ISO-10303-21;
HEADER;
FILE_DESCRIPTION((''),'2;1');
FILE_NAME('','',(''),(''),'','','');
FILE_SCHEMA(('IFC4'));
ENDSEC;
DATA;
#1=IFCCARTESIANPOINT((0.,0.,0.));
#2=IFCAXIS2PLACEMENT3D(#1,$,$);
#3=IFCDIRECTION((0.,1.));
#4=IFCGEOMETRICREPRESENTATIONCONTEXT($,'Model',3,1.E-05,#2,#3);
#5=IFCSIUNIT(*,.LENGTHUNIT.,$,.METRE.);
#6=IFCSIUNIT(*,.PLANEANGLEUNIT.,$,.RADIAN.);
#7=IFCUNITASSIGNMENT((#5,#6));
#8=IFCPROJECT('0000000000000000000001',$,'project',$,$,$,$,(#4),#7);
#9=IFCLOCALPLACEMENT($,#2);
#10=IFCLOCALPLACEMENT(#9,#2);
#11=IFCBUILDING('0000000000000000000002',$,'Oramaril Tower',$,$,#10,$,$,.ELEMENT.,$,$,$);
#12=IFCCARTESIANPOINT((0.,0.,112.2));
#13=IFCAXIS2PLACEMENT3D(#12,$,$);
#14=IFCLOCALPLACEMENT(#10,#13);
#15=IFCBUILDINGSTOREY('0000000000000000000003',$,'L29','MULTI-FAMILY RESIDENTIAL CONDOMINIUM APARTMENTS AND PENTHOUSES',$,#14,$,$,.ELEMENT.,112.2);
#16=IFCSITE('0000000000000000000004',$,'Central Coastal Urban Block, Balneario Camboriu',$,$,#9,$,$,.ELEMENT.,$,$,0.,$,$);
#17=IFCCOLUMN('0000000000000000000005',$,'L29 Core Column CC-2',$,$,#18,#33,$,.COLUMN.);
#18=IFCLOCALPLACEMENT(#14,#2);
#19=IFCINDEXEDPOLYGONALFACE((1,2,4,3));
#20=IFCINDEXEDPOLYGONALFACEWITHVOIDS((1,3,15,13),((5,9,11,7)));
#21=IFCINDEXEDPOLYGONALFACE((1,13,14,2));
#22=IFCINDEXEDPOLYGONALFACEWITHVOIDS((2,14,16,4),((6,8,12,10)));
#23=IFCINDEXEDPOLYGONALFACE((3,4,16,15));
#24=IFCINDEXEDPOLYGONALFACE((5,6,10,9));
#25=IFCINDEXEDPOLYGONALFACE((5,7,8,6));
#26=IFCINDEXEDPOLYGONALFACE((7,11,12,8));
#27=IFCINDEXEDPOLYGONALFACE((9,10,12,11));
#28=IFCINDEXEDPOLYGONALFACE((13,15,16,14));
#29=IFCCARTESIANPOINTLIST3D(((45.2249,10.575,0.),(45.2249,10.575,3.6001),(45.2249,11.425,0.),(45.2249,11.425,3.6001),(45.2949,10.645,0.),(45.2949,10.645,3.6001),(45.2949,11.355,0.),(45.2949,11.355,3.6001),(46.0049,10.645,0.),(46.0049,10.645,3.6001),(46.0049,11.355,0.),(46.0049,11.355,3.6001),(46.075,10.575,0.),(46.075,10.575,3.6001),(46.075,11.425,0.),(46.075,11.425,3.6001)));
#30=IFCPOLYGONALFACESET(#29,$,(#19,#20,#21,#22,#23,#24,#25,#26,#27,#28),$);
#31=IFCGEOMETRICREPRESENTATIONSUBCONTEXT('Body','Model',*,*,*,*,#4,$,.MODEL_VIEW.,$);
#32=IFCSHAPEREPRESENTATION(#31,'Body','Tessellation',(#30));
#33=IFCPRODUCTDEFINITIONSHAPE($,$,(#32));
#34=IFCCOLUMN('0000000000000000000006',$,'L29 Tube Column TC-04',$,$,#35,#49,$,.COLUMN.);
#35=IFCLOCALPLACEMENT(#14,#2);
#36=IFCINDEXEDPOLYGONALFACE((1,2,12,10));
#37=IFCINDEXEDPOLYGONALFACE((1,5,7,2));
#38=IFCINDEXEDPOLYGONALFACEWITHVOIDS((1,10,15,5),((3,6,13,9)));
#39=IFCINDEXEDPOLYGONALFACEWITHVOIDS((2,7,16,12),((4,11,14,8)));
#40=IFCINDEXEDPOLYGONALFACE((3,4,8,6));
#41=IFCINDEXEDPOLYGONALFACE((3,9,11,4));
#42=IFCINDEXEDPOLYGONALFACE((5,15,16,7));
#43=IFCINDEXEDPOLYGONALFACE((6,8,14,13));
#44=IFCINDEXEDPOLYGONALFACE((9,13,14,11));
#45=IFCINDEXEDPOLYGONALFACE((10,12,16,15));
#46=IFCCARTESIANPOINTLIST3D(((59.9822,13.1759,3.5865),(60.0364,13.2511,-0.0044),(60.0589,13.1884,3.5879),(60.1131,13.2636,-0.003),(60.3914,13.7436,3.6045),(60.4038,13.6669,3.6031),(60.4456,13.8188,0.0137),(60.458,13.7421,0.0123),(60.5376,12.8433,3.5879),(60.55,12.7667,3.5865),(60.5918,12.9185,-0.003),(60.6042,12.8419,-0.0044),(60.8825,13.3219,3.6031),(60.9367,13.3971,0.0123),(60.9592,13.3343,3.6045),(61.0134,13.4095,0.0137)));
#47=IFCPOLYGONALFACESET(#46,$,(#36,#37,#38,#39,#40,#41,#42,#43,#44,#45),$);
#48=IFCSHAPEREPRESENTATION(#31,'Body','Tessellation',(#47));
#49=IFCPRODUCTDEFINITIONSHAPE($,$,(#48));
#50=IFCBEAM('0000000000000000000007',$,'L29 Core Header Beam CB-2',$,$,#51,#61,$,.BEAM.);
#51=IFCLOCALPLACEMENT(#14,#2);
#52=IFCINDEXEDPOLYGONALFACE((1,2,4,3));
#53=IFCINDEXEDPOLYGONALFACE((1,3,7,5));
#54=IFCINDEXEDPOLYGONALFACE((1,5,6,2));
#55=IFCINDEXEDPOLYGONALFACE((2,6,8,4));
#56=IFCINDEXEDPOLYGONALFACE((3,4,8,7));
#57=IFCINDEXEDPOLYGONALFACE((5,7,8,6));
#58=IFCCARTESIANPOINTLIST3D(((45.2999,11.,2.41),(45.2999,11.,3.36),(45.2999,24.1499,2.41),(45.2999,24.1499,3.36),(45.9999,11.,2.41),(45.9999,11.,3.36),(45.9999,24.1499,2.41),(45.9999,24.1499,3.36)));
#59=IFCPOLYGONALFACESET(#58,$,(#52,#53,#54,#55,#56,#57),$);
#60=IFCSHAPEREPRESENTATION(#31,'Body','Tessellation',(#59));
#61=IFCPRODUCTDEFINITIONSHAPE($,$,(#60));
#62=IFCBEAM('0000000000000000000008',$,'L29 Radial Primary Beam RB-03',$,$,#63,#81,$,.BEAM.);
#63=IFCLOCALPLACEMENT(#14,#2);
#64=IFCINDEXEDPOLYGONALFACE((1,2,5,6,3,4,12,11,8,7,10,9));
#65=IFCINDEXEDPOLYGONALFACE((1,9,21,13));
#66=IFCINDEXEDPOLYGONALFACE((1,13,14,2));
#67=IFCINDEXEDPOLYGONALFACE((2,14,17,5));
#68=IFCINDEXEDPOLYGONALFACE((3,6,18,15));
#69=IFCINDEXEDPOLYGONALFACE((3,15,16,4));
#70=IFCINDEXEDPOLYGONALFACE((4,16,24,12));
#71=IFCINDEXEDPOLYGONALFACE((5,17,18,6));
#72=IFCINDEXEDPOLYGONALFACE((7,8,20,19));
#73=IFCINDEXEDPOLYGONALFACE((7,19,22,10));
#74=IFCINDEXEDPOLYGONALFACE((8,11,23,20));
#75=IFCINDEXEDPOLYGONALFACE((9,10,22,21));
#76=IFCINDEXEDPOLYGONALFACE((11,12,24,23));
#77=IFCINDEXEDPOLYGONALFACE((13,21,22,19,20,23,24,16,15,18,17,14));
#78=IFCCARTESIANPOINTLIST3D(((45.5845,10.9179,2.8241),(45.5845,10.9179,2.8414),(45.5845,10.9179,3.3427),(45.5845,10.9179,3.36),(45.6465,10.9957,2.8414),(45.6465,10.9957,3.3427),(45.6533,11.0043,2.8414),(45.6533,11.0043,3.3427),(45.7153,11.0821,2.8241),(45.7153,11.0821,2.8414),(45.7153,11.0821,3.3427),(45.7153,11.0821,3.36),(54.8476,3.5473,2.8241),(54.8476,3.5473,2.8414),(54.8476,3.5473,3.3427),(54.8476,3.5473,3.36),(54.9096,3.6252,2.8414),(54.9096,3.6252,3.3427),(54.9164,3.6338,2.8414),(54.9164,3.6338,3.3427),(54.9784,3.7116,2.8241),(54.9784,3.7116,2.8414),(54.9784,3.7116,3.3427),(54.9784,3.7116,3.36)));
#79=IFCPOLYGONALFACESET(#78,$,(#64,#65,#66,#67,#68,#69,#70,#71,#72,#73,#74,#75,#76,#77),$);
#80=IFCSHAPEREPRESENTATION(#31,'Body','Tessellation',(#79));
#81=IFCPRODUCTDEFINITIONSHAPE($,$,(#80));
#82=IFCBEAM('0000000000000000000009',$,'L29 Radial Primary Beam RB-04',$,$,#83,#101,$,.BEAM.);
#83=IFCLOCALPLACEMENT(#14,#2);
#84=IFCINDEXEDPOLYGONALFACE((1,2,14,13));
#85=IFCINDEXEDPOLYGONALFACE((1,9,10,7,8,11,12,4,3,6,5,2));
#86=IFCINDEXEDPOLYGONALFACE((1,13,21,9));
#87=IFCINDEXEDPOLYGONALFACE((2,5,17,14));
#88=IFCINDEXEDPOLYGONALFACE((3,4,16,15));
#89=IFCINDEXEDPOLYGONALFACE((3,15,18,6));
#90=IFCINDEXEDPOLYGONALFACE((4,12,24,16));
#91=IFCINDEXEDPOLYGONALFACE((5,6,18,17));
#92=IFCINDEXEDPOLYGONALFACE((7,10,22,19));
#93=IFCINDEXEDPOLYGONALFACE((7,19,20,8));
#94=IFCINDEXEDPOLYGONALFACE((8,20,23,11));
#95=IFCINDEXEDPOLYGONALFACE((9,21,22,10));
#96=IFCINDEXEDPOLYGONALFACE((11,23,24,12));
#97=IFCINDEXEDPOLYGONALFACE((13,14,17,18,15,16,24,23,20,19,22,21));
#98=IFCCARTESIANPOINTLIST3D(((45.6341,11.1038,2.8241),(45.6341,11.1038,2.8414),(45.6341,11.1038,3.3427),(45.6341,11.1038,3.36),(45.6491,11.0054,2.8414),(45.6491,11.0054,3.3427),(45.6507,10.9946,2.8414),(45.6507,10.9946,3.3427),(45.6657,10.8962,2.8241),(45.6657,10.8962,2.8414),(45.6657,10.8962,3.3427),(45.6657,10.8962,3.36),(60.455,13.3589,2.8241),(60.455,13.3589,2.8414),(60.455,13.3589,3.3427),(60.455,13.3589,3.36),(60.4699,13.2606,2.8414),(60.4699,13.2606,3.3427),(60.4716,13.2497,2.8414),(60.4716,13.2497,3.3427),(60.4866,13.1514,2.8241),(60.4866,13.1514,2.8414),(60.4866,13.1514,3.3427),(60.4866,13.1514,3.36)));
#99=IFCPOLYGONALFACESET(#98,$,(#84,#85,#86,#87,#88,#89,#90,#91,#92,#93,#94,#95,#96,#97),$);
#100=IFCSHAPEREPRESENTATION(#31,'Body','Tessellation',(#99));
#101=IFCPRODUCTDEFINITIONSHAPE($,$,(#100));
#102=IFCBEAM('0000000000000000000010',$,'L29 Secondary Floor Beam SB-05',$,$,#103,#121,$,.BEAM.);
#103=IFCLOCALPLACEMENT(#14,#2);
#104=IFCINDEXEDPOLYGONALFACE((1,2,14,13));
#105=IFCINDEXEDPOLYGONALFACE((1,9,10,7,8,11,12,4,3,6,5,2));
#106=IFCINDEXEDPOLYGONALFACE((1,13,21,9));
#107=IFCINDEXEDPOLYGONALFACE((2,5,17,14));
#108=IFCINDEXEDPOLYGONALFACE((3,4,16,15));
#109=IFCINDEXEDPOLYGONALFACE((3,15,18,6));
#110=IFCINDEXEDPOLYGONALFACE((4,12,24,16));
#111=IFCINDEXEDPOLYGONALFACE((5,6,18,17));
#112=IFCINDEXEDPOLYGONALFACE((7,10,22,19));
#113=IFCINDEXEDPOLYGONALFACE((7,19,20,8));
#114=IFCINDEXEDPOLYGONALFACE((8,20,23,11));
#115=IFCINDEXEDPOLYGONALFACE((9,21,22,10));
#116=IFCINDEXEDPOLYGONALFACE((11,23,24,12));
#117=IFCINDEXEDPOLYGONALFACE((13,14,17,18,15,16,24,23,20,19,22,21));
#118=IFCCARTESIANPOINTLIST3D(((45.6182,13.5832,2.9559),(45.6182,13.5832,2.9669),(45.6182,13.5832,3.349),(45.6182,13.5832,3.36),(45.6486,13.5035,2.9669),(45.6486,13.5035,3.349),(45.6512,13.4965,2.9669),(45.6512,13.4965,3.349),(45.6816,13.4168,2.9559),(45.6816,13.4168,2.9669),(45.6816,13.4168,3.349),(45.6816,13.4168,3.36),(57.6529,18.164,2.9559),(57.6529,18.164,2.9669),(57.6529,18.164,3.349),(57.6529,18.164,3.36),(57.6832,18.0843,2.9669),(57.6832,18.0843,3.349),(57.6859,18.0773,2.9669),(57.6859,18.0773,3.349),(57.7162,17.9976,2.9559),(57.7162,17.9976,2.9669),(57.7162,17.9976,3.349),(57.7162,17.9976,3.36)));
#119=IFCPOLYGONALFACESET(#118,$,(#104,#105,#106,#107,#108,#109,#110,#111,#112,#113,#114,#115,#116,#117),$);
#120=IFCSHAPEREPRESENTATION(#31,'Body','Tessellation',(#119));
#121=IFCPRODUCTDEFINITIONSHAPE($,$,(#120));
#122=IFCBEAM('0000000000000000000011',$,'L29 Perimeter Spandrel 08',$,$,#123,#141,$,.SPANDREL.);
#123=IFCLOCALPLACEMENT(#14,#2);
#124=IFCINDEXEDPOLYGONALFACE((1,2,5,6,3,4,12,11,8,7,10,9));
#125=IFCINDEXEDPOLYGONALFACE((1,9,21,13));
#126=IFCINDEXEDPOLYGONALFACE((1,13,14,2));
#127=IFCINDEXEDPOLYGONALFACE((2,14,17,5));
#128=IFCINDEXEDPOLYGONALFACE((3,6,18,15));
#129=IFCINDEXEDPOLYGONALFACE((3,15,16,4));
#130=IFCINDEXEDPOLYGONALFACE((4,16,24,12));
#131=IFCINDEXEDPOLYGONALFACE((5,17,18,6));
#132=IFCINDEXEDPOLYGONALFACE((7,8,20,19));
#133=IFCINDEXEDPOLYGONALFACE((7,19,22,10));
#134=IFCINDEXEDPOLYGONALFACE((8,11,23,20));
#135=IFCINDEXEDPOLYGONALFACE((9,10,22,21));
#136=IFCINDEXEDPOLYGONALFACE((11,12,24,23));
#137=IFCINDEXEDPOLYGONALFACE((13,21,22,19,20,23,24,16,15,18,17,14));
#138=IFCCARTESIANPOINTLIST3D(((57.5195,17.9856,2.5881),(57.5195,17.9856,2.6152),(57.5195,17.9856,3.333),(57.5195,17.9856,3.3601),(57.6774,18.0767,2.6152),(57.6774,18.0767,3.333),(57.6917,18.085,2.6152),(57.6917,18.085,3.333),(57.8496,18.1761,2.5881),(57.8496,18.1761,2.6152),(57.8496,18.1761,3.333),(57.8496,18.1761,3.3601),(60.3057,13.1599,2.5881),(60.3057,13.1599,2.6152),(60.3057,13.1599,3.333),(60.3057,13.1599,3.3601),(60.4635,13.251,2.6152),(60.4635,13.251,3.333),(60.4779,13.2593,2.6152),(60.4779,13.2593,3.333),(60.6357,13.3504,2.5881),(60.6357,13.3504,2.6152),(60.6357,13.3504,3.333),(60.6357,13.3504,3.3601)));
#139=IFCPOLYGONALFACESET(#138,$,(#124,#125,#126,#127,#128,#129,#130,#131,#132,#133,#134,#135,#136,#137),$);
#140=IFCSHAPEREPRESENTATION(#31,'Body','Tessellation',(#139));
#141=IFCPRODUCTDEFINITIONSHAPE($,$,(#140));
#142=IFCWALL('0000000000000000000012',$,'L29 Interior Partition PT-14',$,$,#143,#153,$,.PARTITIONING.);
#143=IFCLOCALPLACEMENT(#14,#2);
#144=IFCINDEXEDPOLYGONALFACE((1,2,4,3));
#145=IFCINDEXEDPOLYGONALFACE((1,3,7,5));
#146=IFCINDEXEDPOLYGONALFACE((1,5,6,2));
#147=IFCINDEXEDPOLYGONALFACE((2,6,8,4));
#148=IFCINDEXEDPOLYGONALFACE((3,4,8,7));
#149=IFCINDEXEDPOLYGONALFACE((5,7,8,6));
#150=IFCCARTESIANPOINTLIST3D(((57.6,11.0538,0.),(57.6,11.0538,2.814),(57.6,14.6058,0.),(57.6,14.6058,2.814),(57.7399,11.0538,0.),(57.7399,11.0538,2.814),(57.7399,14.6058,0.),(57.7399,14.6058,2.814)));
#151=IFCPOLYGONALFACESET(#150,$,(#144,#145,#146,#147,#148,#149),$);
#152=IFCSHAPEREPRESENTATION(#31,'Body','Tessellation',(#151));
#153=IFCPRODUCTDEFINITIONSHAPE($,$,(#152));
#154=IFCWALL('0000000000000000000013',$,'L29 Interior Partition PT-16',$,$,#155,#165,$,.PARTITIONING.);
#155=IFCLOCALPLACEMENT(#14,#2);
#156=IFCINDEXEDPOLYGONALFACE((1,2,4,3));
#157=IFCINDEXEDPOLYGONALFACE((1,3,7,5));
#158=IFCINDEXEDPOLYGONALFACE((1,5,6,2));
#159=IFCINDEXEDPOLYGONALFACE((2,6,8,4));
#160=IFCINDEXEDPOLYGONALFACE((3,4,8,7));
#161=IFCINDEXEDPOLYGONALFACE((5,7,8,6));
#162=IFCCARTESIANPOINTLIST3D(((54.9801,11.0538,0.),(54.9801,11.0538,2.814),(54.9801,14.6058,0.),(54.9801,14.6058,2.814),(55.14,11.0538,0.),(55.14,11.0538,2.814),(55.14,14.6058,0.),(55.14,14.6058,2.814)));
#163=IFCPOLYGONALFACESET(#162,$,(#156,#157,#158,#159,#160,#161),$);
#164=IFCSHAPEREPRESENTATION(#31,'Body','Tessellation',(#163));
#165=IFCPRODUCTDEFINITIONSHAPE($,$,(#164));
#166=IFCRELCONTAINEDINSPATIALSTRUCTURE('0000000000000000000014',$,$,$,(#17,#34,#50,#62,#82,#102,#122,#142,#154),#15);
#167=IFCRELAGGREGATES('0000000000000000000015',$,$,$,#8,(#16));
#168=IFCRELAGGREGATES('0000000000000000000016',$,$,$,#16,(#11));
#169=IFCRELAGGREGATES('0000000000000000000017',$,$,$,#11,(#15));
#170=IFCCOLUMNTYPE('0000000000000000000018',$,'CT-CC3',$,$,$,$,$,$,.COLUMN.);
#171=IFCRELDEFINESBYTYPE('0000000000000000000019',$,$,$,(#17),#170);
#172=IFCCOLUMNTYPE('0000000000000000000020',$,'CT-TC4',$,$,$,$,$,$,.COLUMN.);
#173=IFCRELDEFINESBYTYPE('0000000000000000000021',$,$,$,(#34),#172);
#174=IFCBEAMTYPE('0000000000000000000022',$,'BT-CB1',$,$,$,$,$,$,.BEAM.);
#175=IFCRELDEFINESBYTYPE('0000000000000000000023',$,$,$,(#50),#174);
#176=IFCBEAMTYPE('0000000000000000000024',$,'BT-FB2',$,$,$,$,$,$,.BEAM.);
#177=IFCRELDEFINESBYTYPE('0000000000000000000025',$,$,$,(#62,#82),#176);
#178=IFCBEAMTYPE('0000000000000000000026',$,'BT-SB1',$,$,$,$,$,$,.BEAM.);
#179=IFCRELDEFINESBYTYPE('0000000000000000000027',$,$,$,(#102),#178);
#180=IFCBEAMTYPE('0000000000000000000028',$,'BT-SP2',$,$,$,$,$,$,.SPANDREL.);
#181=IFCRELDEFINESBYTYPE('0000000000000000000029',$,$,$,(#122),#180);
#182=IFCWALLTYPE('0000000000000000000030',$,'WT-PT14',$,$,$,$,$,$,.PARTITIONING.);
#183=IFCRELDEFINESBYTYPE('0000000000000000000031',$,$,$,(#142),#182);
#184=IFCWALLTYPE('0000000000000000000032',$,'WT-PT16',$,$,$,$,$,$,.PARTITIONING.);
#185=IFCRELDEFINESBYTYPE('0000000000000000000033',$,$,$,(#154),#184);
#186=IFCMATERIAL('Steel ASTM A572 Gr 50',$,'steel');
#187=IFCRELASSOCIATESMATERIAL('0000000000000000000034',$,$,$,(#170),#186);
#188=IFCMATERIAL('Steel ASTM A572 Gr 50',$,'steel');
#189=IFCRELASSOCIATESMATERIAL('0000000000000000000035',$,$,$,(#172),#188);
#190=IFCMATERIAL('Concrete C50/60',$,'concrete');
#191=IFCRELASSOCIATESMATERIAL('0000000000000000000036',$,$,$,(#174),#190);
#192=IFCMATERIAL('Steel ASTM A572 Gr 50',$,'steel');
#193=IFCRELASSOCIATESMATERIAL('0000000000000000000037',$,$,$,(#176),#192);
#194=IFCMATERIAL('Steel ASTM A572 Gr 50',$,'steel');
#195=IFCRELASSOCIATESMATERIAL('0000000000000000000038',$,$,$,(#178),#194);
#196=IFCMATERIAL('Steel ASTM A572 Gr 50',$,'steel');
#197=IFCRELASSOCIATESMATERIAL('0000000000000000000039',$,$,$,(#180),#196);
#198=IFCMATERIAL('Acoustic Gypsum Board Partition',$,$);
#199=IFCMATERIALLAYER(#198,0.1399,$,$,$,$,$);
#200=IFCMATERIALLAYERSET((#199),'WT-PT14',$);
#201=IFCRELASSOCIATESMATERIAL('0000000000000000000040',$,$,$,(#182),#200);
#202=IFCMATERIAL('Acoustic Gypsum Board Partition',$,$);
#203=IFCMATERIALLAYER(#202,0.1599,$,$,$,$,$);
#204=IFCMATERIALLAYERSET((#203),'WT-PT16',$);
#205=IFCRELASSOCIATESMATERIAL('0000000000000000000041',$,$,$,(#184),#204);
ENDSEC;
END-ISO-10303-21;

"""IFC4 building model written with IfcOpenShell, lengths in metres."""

from ifc_helpers import new_model, si_unit, direction, frame, frame_2d, origin, origin_2d, place, context, subcontext, project, spatial, rectangle, hollow_rectangle, i_section, extrude, material, layer, layer_set, material_profile, profile_set, type_object, element, save


model = new_model("IFC4")

# Units and contexts
model_context = context("Model", 3, precision=1e-05, world=origin(), true_north=direction((0.0, 1.0)))
body_context = subcontext(model_context, "Body", "Model", "MODEL_VIEW")
ifc_project = project(units=[si_unit("LENGTHUNIT", "METRE"), si_unit("PLANEANGLEUNIT", "RADIAN")], contexts=[model_context])

# Site, building, storey
site_placement = place(None, origin())
site = spatial("IfcSite", under=ifc_project, at=site_placement, Name="Central Coastal Urban Block, Balneario Camboriu", CompositionType="ELEMENT", RefElevation=0.0)
building_placement = place(site_placement, origin())
building = spatial("IfcBuilding", under=site, at=building_placement, Name="Oramaril Tower", CompositionType="ELEMENT")
storey_placement = place(building_placement, frame((0.0, 0.0, 112.2)))
storey = spatial("IfcBuildingStorey", under=building, at=storey_placement, Name="L29", Description="MULTI-FAMILY RESIDENTIAL CONDOMINIUM APARTMENTS AND PENTHOUSES", CompositionType="ELEMENT", Elevation=112.2)

# Columns
ifc_material_1 = material(Name="Steel ASTM A572 Gr 50", Category="steel")
ifc_material_profile_1 = material_profile(ifc_material_1, hollow_rectangle(XDim=0.8501, YDim=0.8501, WallThickness=0.0701, at=origin_2d()), Name="BOX850X850X70")
ifc_profile_set_1 = profile_set([ifc_material_profile_1], Name="Steel ASTM A572 Gr 50")
column_type_1 = type_object("IfcColumnType", Name="CT-CC3", PredefinedType="COLUMN", material=ifc_profile_set_1)
column_1_placement = place(storey_placement, frame((45.6499, 11.0, 0.0), z_axis=(0.0, 0.0, 1.0), x_axis=(1.0, 0.0, 0.0)))
element("IfcColumn", 1, at=column_1_placement, inside=storey, type_object=column_type_1, Name="L29 Core Column CC-2", PredefinedType="COLUMN", context=body_context, shape_type="SweptSolid", body=[
    extrude(hollow_rectangle(XDim=0.8501, YDim=0.8501, WallThickness=0.0701, at=origin_2d()), origin(), (0.0, 0.0, 1.0), 3.6001),
])
ifc_material_2 = material(Name="Steel ASTM A572 Gr 50", Category="steel")
ifc_material_profile_2 = material_profile(ifc_material_2, hollow_rectangle(XDim=0.7, YDim=0.7, WallThickness=0.0549, at=origin_2d()), Name="BOX700X700X55")
ifc_profile_set_2 = profile_set([ifc_material_profile_2], Name="Steel ASTM A572 Gr 50")
column_type_2 = type_object("IfcColumnType", Name="CT-TC4", PredefinedType="COLUMN", material=ifc_profile_set_2)
column_2_placement = place(storey_placement, frame((60.5249, 13.3303, 0.0046), z_axis=(-0.015089, -0.020934, 0.999667), x_axis=(0.811234, -0.584721, 0.0)))
element("IfcColumn", 2, at=column_2_placement, inside=storey, type_object=column_type_2, Name="L29 Tube Column TC-04", PredefinedType="COLUMN", context=body_context, shape_type="SweptSolid", body=[
    extrude(hollow_rectangle(XDim=0.7, YDim=0.7, WallThickness=0.0549, at=origin_2d()), origin(), (0.0, 0.0, 1.0), 3.592),
])

# Beams
ifc_material_3 = material(Name="Concrete C50/60", Category="concrete")
ifc_material_profile_3 = material_profile(ifc_material_3, rectangle(XDim=0.7, YDim=0.95, at=origin_2d()), Name="CB700X950")
ifc_profile_set_3 = profile_set([ifc_material_profile_3], Name="Concrete C50/60")
beam_type_1 = type_object("IfcBeamType", Name="BT-CB1", PredefinedType="BEAM", material=ifc_profile_set_3)
beam_1_placement = place(storey_placement, frame((45.6499, 11.0, 2.885), z_axis=(0.0, 1.0, 0.0), x_axis=(-1.0, 0.0, 0.0)))
element("IfcBeam", 3, at=beam_1_placement, inside=storey, type_object=beam_type_1, Name="L29 Core Header Beam CB-2", PredefinedType="BEAM", context=body_context, shape_type="SweptSolid", body=[
    extrude(rectangle(XDim=0.7, YDim=0.95, at=origin_2d()), origin(), (0.0, 0.0, 1.0), 13.1499),
])
ifc_material_4 = material(Name="Steel ASTM A572 Gr 50", Category="steel")
ifc_material_profile_4 = material_profile(ifc_material_4, i_section(OverallWidth=0.21, OverallDepth=0.5359, WebThickness=0.011, FlangeThickness=0.0173, at=origin_2d()), Name="W21X68")
ifc_profile_set_4 = profile_set([ifc_material_profile_4], Name="Steel ASTM A572 Gr 50")
beam_type_2 = type_object("IfcBeamType", Name="BT-FB2", PredefinedType="BEAM", material=ifc_profile_set_4)
beam_2_placement = place(storey_placement, frame((45.6499, 11.0, 3.092), z_axis=(0.782512, -0.622636, 0.0), x_axis=(0.622636, 0.782512, 0.0)))
element("IfcBeam", 4, at=beam_2_placement, inside=storey, type_object=beam_type_2, Name="L29 Radial Primary Beam RB-03", PredefinedType="BEAM", context=body_context, shape_type="SweptSolid", body=[
    extrude(i_section(OverallWidth=0.21, OverallDepth=0.5359, WebThickness=0.011, FlangeThickness=0.0173, at=origin_2d()), origin(), (0.0, 0.0, 1.0), 11.8376),
])
beam_3_placement = place(storey_placement, frame((45.6499, 11.0, 3.092), z_axis=(0.988621, 0.150428, 0.0), x_axis=(-0.150428, 0.988621, 0.0)))
element("IfcBeam", 5, at=beam_3_placement, inside=storey, type_object=beam_type_2, Name="L29 Radial Primary Beam RB-04", PredefinedType="BEAM", context=body_context, shape_type="SweptSolid", body=[
    extrude(i_section(OverallWidth=0.21, OverallDepth=0.5359, WebThickness=0.011, FlangeThickness=0.0173, at=origin_2d()), origin(), (0.0, 0.0, 1.0), 14.9915),
])
ifc_material_5 = material(Name="Steel ASTM A572 Gr 50", Category="steel")
ifc_material_profile_5 = material_profile(ifc_material_5, i_section(OverallWidth=0.178, OverallDepth=0.4041, WebThickness=0.0076, FlangeThickness=0.011, at=origin_2d()), Name="W16X36")
ifc_profile_set_5 = profile_set([ifc_material_profile_5], Name="Steel ASTM A572 Gr 50")
beam_type_3 = type_object("IfcBeamType", Name="BT-SB1", PredefinedType="BEAM", material=ifc_profile_set_5)
beam_4_placement = place(storey_placement, frame((45.6499, 13.5, 3.158), z_axis=(0.934587, 0.355736, 0.0), x_axis=(-0.355736, 0.934587, 0.0)))
element("IfcBeam", 6, at=beam_4_placement, inside=storey, type_object=beam_type_3, Name="L29 Secondary Floor Beam SB-05", PredefinedType="BEAM", context=body_context, shape_type="SweptSolid", body=[
    extrude(i_section(OverallWidth=0.178, OverallDepth=0.4041, WebThickness=0.0076, FlangeThickness=0.011, at=origin_2d()), origin(), (0.0, 0.0, 1.0), 12.877),
])
ifc_material_6 = material(Name="Steel ASTM A572 Gr 50", Category="steel")
ifc_material_profile_6 = material_profile(ifc_material_6, i_section(OverallWidth=0.3811, OverallDepth=0.772, WebThickness=0.0166, FlangeThickness=0.0271, at=origin_2d()), Name="W30X173")
ifc_profile_set_6 = profile_set([ifc_material_profile_6], Name="Steel ASTM A572 Gr 50")
beam_type_4 = type_object("IfcBeamType", Name="BT-SP2", PredefinedType="SPANDREL", material=ifc_profile_set_6)
beam_5_placement = place(storey_placement, frame((60.4707, 13.2551, 2.9741), z_axis=(-0.500003, 0.866024, 0.0), x_axis=(-0.866024, -0.500003, 0.0)))
element("IfcBeam", 7, at=beam_5_placement, inside=storey, type_object=beam_type_4, Name="L29 Perimeter Spandrel 08", PredefinedType="SPANDREL", context=body_context, shape_type="SweptSolid", body=[
    extrude(i_section(OverallWidth=0.3811, OverallDepth=0.772, WebThickness=0.0166, FlangeThickness=0.0271, at=origin_2d()), origin(), (0.0, 0.0, 1.0), 5.5723),
])

# Wall
ifc_material_7 = material(Name="Acoustic Gypsum Board Partition")
ifc_layer_1 = layer(ifc_material_7, 0.1399)
ifc_layer_set_1 = layer_set([ifc_layer_1], Name="WT-PT14")
wall_type_1 = type_object("IfcWallType", Name="WT-PT14", PredefinedType="PARTITIONING", material=ifc_layer_set_1)
wall_1_placement = place(storey_placement, frame((57.6699, 11.054, 0.0), z_axis=(0.0, 0.0, 1.0), x_axis=(0.0, 1.0, 0.0)))
element("IfcWall", 8, at=wall_1_placement, inside=storey, type_object=wall_type_1, Name="L29 Interior Partition PT-14", PredefinedType="PARTITIONING", context=body_context, shape_type="SweptSolid", body=[
    extrude(rectangle(XDim=3.552, YDim=0.1399, at=frame_2d((1.7759, 0.0))), origin(), (0.0, 0.0, 1.0), 2.814),
])

# Shared definitions
ifc_material_8 = material(Name="Acoustic Gypsum Board Partition")
ifc_layer_2 = layer(ifc_material_8, 0.1599)
ifc_layer_set_2 = layer_set([ifc_layer_2], Name="WT-PT16")
wall_type_2 = type_object("IfcWallType", Name="WT-PT16", PredefinedType="PARTITIONING", material=ifc_layer_set_2)

# Wall
wall_2_placement = place(storey_placement, frame((55.0601, 11.054, 0.0), z_axis=(0.0, 0.0, 1.0), x_axis=(0.0, 1.0, 0.0)))
element("IfcWall", 9, at=wall_2_placement, inside=storey, type_object=wall_type_2, Name="L29 Interior Partition PT-16", PredefinedType="PARTITIONING", context=body_context, shape_type="SweptSolid", body=[
    extrude(rectangle(XDim=3.552, YDim=0.1599, at=frame_2d((1.7759, 0.0))), origin(), (0.0, 0.0, 1.0), 2.814),
])

save(model, "model.ifc")
